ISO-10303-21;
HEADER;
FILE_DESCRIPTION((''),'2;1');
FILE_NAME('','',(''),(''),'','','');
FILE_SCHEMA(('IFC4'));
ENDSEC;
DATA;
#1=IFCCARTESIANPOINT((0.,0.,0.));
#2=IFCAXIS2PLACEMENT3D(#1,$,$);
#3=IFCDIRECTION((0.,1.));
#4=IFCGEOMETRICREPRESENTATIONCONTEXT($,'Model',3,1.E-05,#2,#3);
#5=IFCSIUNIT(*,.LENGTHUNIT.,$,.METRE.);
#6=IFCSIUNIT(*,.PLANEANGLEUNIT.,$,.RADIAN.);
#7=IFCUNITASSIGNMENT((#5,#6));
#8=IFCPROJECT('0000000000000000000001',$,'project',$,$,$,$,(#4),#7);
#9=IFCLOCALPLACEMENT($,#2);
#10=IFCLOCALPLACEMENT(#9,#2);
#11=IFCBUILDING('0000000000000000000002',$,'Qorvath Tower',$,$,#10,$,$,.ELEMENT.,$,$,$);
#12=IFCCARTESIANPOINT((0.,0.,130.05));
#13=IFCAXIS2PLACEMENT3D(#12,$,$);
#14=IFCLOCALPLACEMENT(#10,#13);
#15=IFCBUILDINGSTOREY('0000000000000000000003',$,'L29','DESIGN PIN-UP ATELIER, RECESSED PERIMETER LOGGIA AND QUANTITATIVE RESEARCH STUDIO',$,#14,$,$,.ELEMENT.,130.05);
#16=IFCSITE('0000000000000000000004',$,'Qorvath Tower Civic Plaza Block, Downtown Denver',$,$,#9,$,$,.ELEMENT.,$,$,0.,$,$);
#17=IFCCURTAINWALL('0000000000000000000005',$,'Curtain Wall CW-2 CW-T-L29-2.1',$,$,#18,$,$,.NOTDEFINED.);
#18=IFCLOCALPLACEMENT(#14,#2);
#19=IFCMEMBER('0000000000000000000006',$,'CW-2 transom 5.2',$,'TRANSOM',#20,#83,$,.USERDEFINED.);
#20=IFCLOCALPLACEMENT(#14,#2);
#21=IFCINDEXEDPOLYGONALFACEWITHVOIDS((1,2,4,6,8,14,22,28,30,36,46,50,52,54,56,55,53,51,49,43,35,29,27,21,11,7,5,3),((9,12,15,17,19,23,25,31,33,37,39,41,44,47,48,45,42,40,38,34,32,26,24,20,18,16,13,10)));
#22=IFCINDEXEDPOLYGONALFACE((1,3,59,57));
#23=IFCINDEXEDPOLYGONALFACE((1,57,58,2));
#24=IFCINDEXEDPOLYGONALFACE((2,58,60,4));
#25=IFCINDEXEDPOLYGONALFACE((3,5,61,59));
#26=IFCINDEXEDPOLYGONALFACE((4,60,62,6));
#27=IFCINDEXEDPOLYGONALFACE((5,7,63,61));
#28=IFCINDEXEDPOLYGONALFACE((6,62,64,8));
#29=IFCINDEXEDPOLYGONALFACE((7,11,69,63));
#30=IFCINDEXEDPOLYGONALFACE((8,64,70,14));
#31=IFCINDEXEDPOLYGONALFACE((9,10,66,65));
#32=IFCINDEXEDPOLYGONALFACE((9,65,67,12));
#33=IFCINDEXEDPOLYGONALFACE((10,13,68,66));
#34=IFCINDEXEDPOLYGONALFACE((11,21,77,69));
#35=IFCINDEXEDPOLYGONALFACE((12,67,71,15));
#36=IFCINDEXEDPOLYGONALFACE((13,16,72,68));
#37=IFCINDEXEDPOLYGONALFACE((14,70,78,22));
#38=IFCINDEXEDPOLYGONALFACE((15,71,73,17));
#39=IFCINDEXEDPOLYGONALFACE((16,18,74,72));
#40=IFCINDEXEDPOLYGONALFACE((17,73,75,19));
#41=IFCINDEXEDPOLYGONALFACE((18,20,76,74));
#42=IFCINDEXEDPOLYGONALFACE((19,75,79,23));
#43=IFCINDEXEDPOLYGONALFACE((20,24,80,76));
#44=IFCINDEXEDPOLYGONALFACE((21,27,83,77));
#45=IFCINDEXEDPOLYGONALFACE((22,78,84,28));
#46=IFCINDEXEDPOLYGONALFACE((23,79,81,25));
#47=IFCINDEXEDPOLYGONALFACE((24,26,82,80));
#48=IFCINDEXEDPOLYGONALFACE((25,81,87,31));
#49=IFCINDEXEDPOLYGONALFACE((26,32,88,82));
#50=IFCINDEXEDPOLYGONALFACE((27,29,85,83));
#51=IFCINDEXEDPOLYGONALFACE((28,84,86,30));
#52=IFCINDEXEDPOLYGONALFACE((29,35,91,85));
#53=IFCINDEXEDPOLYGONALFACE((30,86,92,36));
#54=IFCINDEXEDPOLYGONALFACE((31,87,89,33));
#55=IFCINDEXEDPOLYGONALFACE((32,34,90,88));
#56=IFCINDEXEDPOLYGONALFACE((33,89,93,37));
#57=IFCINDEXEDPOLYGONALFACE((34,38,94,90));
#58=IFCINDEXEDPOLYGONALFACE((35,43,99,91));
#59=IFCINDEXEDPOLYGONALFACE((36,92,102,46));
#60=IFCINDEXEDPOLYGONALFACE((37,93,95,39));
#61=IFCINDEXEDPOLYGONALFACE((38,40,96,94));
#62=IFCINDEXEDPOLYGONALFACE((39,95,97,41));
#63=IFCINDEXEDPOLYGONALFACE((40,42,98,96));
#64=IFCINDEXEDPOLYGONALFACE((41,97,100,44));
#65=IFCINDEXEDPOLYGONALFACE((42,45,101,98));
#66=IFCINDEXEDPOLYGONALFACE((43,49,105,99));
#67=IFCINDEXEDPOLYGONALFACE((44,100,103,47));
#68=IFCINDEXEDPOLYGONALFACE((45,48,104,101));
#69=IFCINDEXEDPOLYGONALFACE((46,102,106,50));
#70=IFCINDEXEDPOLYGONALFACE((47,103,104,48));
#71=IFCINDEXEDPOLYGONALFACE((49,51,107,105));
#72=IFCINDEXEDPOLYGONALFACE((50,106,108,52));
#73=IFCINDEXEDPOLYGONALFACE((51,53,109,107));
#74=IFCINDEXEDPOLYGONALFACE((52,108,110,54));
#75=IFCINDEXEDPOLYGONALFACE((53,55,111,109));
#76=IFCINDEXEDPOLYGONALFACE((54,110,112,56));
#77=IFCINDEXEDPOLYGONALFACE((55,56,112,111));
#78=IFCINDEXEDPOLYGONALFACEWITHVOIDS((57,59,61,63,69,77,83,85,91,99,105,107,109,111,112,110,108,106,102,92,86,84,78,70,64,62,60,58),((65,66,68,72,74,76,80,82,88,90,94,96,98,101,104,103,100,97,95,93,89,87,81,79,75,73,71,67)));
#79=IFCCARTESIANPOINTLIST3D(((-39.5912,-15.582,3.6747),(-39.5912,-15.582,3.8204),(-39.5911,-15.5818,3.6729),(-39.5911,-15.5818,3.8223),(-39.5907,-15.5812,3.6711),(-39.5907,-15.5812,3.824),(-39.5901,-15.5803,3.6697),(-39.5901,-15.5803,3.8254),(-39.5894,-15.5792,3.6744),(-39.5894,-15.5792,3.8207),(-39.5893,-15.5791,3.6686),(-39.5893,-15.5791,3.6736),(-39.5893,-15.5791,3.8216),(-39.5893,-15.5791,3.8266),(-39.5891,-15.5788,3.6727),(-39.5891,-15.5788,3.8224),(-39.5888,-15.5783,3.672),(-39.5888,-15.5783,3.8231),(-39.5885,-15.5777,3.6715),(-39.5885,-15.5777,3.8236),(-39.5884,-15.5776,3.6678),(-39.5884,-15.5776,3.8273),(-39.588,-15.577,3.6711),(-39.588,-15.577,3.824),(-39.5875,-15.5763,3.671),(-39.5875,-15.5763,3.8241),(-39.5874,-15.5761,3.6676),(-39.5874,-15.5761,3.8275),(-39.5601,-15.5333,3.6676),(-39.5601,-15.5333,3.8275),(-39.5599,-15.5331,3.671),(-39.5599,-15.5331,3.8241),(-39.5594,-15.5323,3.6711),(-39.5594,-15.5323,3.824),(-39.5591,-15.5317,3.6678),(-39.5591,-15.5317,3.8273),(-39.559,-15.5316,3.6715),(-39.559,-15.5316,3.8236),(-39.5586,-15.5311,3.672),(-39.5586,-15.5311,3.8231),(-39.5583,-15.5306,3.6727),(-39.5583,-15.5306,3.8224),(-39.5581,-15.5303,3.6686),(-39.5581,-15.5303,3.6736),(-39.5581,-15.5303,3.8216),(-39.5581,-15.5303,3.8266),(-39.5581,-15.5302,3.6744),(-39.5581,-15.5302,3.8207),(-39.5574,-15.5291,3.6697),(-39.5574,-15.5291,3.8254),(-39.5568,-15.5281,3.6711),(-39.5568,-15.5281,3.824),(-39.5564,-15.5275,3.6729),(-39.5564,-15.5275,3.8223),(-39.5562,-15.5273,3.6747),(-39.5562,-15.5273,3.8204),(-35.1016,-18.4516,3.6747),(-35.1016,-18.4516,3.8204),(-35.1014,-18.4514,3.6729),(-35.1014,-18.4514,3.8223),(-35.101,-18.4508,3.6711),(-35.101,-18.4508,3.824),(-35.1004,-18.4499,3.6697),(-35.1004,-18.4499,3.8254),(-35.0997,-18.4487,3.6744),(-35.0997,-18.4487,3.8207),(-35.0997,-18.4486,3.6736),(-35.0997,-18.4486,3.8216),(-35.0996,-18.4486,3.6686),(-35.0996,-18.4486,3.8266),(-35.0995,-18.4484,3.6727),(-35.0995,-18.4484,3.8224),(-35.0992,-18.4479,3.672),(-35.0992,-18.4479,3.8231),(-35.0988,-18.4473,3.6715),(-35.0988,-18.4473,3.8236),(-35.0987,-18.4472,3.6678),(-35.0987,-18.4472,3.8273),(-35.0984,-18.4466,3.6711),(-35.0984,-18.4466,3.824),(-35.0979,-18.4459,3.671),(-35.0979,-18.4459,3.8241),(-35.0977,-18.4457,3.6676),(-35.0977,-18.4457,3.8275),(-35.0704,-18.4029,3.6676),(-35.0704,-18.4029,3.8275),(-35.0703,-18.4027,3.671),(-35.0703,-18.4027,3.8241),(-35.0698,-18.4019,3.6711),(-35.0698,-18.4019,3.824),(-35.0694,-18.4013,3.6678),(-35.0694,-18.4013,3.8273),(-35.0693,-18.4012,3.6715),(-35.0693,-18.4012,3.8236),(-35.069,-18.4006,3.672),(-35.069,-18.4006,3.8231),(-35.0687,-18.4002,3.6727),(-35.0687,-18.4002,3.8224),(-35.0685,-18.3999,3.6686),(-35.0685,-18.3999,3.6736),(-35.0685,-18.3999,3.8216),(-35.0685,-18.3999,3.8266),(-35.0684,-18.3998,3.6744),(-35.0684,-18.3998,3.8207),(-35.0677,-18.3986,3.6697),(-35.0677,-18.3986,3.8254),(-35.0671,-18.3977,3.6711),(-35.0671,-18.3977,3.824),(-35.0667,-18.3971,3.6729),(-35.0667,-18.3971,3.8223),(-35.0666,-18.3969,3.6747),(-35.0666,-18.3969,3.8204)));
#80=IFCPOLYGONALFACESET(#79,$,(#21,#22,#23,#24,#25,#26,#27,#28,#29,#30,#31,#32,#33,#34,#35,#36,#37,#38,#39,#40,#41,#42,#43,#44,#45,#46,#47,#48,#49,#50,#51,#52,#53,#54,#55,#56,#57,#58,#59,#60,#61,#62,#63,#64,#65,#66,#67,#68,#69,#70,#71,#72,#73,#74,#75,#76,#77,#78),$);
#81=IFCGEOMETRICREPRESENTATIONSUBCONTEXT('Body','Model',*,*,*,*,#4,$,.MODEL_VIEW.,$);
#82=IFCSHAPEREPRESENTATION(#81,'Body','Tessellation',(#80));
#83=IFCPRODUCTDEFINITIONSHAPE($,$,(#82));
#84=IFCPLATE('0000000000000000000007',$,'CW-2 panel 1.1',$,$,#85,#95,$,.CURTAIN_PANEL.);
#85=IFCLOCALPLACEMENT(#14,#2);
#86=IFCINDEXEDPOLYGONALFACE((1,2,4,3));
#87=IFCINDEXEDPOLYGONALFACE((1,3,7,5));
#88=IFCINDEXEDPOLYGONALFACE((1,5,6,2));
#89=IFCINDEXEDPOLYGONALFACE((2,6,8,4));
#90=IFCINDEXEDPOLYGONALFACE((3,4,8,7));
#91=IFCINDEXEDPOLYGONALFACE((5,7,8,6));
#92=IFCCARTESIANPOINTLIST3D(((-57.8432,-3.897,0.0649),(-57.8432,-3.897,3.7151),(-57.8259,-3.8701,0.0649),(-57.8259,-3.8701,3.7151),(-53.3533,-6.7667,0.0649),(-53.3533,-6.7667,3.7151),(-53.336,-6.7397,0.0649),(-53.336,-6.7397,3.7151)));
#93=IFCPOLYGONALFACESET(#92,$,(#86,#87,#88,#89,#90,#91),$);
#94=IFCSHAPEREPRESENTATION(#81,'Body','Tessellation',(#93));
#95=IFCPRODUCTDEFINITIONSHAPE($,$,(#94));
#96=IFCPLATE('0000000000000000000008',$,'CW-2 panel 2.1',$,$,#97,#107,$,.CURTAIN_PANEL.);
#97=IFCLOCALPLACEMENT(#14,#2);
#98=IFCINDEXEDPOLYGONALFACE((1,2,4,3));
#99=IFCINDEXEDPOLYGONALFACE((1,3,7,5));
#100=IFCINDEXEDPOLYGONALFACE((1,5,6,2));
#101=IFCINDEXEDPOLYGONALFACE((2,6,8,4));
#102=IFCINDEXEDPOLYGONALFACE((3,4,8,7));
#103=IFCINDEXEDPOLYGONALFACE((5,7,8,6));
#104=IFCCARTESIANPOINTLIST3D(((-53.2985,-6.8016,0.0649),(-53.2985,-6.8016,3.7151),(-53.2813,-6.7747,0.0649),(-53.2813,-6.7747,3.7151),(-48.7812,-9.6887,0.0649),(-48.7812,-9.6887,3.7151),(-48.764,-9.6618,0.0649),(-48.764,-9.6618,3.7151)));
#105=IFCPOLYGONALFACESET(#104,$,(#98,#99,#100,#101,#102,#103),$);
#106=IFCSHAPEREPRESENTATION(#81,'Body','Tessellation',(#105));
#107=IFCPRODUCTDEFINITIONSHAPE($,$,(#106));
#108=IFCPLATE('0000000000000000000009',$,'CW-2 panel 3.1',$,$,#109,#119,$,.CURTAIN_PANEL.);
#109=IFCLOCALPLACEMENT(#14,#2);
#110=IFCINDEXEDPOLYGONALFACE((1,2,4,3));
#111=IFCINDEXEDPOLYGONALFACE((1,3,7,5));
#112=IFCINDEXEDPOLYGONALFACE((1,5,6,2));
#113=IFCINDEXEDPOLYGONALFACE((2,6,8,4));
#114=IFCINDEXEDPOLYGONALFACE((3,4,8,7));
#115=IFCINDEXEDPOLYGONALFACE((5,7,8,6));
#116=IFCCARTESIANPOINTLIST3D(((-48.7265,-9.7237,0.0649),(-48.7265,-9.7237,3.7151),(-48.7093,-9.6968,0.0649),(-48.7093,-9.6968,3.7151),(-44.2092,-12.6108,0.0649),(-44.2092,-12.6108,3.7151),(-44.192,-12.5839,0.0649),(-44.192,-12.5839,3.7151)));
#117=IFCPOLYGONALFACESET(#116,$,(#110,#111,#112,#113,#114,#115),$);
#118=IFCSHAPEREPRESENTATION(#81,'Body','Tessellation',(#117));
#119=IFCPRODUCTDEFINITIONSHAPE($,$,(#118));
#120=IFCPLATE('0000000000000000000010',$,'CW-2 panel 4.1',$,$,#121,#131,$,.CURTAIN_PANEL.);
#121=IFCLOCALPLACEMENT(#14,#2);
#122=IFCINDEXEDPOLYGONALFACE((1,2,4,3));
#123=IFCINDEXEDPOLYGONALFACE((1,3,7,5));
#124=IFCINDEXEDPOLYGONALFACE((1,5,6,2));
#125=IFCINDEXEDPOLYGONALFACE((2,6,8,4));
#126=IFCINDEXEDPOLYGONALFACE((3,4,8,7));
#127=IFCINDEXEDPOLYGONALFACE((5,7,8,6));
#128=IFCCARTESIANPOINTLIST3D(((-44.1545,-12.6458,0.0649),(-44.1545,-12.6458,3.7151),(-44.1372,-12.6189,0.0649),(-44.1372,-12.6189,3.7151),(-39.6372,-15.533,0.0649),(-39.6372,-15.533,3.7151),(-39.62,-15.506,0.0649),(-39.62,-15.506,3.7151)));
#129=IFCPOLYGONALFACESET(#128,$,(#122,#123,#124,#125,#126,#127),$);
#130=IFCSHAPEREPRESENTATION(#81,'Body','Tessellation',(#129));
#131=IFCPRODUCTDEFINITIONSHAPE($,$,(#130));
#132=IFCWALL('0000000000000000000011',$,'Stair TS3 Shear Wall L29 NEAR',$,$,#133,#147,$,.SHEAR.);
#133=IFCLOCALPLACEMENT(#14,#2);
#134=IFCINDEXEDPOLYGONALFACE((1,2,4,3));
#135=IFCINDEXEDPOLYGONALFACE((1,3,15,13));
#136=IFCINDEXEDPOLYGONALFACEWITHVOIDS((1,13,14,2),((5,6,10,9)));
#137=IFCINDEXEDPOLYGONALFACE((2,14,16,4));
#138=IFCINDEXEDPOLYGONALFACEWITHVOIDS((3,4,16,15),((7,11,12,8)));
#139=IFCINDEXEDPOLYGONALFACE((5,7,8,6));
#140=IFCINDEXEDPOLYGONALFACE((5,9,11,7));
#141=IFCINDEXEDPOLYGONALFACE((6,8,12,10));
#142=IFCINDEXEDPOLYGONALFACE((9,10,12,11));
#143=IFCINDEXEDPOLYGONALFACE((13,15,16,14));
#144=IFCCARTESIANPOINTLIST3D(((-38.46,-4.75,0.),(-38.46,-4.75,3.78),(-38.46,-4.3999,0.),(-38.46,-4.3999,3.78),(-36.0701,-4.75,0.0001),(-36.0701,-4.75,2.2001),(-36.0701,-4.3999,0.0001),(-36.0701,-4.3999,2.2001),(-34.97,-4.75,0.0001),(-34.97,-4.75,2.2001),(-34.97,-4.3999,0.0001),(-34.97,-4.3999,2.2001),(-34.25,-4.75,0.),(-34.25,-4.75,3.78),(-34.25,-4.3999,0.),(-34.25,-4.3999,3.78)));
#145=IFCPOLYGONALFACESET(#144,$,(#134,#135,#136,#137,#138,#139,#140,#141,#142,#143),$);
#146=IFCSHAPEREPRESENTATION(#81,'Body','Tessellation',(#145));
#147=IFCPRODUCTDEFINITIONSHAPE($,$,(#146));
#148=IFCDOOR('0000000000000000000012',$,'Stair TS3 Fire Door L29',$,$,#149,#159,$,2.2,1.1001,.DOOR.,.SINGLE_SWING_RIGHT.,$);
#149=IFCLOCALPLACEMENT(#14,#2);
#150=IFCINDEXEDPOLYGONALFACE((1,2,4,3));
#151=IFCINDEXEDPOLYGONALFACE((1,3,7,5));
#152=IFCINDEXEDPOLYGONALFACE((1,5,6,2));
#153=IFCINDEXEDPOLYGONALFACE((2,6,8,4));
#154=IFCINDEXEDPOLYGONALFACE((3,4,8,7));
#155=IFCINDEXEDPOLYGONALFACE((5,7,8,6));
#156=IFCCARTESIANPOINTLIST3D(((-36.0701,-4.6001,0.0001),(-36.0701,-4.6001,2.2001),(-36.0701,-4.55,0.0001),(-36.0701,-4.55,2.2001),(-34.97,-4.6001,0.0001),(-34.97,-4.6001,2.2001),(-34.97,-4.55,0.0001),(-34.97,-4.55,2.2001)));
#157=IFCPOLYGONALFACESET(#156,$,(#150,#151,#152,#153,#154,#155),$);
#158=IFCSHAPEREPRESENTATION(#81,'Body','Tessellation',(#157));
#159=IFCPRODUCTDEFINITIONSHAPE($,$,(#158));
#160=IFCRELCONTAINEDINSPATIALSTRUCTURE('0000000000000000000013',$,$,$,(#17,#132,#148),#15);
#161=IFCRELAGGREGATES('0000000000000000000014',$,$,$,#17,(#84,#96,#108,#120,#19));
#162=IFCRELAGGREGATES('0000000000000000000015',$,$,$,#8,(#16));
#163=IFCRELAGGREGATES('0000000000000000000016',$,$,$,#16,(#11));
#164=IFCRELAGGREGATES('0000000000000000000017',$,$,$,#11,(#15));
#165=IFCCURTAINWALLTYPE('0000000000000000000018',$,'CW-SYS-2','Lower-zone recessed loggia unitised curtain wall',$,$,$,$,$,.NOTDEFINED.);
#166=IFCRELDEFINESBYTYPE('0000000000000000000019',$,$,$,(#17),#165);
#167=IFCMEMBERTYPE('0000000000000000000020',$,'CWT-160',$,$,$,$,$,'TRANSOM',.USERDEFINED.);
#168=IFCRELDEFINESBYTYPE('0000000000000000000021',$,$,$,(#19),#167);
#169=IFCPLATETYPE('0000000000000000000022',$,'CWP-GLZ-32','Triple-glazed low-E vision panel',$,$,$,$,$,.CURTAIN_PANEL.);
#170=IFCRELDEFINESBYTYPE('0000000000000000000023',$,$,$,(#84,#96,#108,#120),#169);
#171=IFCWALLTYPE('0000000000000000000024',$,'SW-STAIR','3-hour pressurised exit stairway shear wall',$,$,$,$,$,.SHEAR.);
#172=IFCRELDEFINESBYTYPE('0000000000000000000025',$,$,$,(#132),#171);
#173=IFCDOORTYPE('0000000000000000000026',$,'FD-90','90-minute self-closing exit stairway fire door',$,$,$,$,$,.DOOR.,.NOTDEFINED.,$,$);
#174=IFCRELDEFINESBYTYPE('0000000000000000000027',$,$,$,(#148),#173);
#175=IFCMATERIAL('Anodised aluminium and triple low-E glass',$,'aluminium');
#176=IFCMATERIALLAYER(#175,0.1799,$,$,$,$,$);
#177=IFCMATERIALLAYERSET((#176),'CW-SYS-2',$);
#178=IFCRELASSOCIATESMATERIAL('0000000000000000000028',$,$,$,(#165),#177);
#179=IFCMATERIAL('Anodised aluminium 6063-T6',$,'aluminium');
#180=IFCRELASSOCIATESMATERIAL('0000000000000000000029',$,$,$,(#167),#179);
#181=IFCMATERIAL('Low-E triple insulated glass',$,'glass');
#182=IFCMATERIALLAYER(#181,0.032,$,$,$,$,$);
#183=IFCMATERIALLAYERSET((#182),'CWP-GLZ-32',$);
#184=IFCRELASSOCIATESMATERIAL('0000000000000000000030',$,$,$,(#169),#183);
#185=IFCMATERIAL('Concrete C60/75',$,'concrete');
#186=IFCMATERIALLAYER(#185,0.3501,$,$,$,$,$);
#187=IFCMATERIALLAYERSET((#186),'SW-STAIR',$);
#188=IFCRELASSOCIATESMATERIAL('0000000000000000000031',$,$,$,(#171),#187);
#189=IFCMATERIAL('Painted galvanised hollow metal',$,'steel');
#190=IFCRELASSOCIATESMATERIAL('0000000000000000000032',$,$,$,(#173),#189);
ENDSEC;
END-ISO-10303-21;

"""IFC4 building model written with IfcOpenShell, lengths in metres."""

from ifc_helpers import new_model, si_unit, direction, frame, frame_2d, origin, origin_2d, place, context, subcontext, project, spatial, rectangle, hollow_rectangle, extrude, material, layer, layer_set, material_profile, profile_set, type_object, element, fill, aggregate, save


model = new_model("IFC4")

# Units and contexts
model_context = context("Model", 3, precision=1e-05, world=origin(), true_north=direction((0.0, 1.0)))
body_context = subcontext(model_context, "Body", "Model", "MODEL_VIEW")
ifc_project = project(units=[si_unit("LENGTHUNIT", "METRE"), si_unit("PLANEANGLEUNIT", "RADIAN")], contexts=[model_context])

# Site, building, storey
site_placement = place(None, origin())
site = spatial("IfcSite", under=ifc_project, at=site_placement, Name="Qorvath Tower Civic Plaza Block, Downtown Denver", CompositionType="ELEMENT", RefElevation=0.0)
building_placement = place(site_placement, origin())
building = spatial("IfcBuilding", under=site, at=building_placement, Name="Qorvath Tower", CompositionType="ELEMENT")
storey_placement = place(building_placement, frame((0.0, 0.0, 130.05)))
storey = spatial("IfcBuildingStorey", under=building, at=storey_placement, Name="L29", Description="DESIGN PIN-UP ATELIER, RECESSED PERIMETER LOGGIA AND QUANTITATIVE RESEARCH STUDIO", CompositionType="ELEMENT", Elevation=130.05)

# Curtain wall, member, plates
ifc_material_1 = material(Name="Anodised aluminium and triple low-E glass", Category="aluminium")
ifc_layer_1 = layer(ifc_material_1, 0.1799)
ifc_layer_set_1 = layer_set([ifc_layer_1], Name="CW-SYS-2")
curtain_wall_type = type_object("IfcCurtainWallType", Name="CW-SYS-2", Description="Lower-zone recessed loggia unitised curtain wall", PredefinedType="NOTDEFINED", material=ifc_layer_set_1)
curtain_wall_placement = place(storey_placement, origin())
curtain_wall = element("IfcCurtainWall", 1, at=curtain_wall_placement, inside=storey, type_object=curtain_wall_type, Name="Curtain Wall CW-2 CW-T-L29-2.1", PredefinedType="NOTDEFINED")
ifc_material_2 = material(Name="Anodised aluminium 6063-T6", Category="aluminium")
ifc_material_profile_1 = material_profile(ifc_material_2, hollow_rectangle(XDim=0.0649, YDim=0.1599, WallThickness=0.0034, InnerFilletRadius=0.0034, OuterFilletRadius=0.0071, at=origin_2d()), Name="CWT 160x65")
ifc_profile_set_1 = profile_set([ifc_material_profile_1], Name="Anodised aluminium 6063-T6")
member_type_1 = type_object("IfcMemberType", Name="CWT-160", ElementType="TRANSOM", PredefinedType="USERDEFINED", material=ifc_profile_set_1)
member_1_placement = place(storey_placement, frame((-39.5737, -15.5547, 3.7476), z_axis=(0.842596, -0.538547, 0.0), x_axis=(0.538547, 0.842596, 0.0)))
member_1 = element("IfcMember", 2, at=member_1_placement, type_object=member_type_1, Name="CW-2 transom 5.2", ObjectType="TRANSOM", PredefinedType="USERDEFINED", context=body_context, shape_type="SweptSolid", body=[
    extrude(hollow_rectangle(XDim=0.0649, YDim=0.1599, WallThickness=0.0034, InnerFilletRadius=0.0034, OuterFilletRadius=0.0071, at=origin_2d()), origin(), (0.0, 0.0, 1.0), 5.3284),
])
ifc_material_3 = material(Name="Low-E triple insulated glass", Category="glass")
ifc_layer_2 = layer(ifc_material_3, 0.032)
ifc_layer_set_2 = layer_set([ifc_layer_2], Name="CWP-GLZ-32")
plate_type = type_object("IfcPlateType", Name="CWP-GLZ-32", Description="Triple-glazed low-E vision panel", PredefinedType="CURTAIN_PANEL", material=ifc_layer_set_2)
plate_1_placement = place(storey_placement, frame((-55.5896, -5.3184, 0.0649), z_axis=(0.0, 0.0, 1.0), x_axis=(0.842604, -0.538534, 0.0)))
plate_1 = element("IfcPlate", 3, at=plate_1_placement, type_object=plate_type, Name="CW-2 panel 1.1", PredefinedType="CURTAIN_PANEL", context=body_context, shape_type="SweptSolid", body=[
    extrude(rectangle(XDim=5.3286, YDim=0.032, at=origin_2d()), origin(), (0.0, 0.0, 1.0), 3.6501),
])
plate_2_placement = place(storey_placement, frame((-51.0312, -8.2317, 0.0649), z_axis=(0.0, 0.0, 1.0), x_axis=(0.842604, -0.538534, 0.0)))
plate_2 = element("IfcPlate", 4, at=plate_2_placement, type_object=plate_type, Name="CW-2 panel 2.1", PredefinedType="CURTAIN_PANEL", context=body_context, shape_type="SweptSolid", body=[
    extrude(rectangle(XDim=5.3611, YDim=0.032, at=origin_2d()), origin(), (0.0, 0.0, 1.0), 3.6501),
])
plate_3_placement = place(storey_placement, frame((-46.4592, -11.1538, 0.0649), z_axis=(0.0, 0.0, 1.0), x_axis=(0.842604, -0.538534, 0.0)))
plate_3 = element("IfcPlate", 5, at=plate_3_placement, type_object=plate_type, Name="CW-2 panel 3.1", PredefinedType="CURTAIN_PANEL", context=body_context, shape_type="SweptSolid", body=[
    extrude(rectangle(XDim=5.3611, YDim=0.032, at=origin_2d()), origin(), (0.0, 0.0, 1.0), 3.6501),
])
plate_4_placement = place(storey_placement, frame((-41.8872, -14.0759, 0.0649), z_axis=(0.0, 0.0, 1.0), x_axis=(0.842604, -0.538534, 0.0)))
plate_4 = element("IfcPlate", 6, at=plate_4_placement, type_object=plate_type, Name="CW-2 panel 4.1", PredefinedType="CURTAIN_PANEL", context=body_context, shape_type="SweptSolid", body=[
    extrude(rectangle(XDim=5.3611, YDim=0.032, at=origin_2d()), origin(), (0.0, 0.0, 1.0), 3.6501),
])
aggregate(curtain_wall, [plate_1, plate_2, plate_3, plate_4, member_1])

# Wall, opening, door
ifc_material_4 = material(Name="Concrete C60/75", Category="concrete")
ifc_layer_3 = layer(ifc_material_4, 0.3501)
ifc_layer_set_3 = layer_set([ifc_layer_3], Name="SW-STAIR")
wall_type_1 = type_object("IfcWallType", Name="SW-STAIR", Description="3-hour pressurised exit stairway shear wall", PredefinedType="SHEAR", material=ifc_layer_set_3)
wall_1_placement = place(storey_placement, frame((-38.46, -4.575, 0.0), z_axis=(0.0, 0.0, 1.0), x_axis=(1.0, 0.0, 0.0)))
wall_1 = element("IfcWall", 7, at=wall_1_placement, inside=storey, type_object=wall_type_1, Name="Stair TS3 Shear Wall L29 NEAR", PredefinedType="SHEAR", context=body_context, shape_type="SweptSolid", body=[
    extrude(rectangle(XDim=4.21, YDim=0.3501, at=frame_2d((2.105, 0.0))), origin(), (0.0, 0.0, 1.0), 3.78),
])
opening_1_placement = place(wall_1_placement, frame((2.3899, 0.0, 0.0)))
opening_1 = element("IfcOpeningElement", 8, at=opening_1_placement, cuts=wall_1, PredefinedType="OPENING", context=body_context, shape_type="SweptSolid", body=[
    extrude(rectangle(XDim=1.1001, YDim=2.2, at=frame_2d((0.55, 1.1001))), frame((0.0, 0.1851, 0.0), z_axis=(0.0, -1.0, 0.0), x_axis=(1.0, 0.0, 0.0)), (0.0, 0.0, 1.0), 0.3701),
])
ifc_material_5 = material(Name="Painted galvanised hollow metal", Category="steel")
door_type_1 = type_object("IfcDoorType", Name="FD-90", Description="90-minute self-closing exit stairway fire door", OperationType="NOTDEFINED", PredefinedType="DOOR", material=ifc_material_5)
door_1_placement = place(opening_1_placement, origin())
door_1 = element("IfcDoor", 9, at=door_1_placement, inside=storey, type_object=door_type_1, Name="Stair TS3 Fire Door L29", OperationType="SINGLE_SWING_RIGHT", OverallHeight=2.2, OverallWidth=1.1001, PredefinedType="DOOR", context=body_context, shape_type="SweptSolid", body=[
    extrude(rectangle(XDim=1.1001, YDim=2.2, at=frame_2d((0.55, 1.1001))), frame((0.0, 0.0249, 0.0), z_axis=(0.0, -1.0, 0.0), x_axis=(1.0, 0.0, 0.0)), (0.0, 0.0, 1.0), 0.05),
])
fill(opening_1, door_1)

save(model, "model.ifc")
